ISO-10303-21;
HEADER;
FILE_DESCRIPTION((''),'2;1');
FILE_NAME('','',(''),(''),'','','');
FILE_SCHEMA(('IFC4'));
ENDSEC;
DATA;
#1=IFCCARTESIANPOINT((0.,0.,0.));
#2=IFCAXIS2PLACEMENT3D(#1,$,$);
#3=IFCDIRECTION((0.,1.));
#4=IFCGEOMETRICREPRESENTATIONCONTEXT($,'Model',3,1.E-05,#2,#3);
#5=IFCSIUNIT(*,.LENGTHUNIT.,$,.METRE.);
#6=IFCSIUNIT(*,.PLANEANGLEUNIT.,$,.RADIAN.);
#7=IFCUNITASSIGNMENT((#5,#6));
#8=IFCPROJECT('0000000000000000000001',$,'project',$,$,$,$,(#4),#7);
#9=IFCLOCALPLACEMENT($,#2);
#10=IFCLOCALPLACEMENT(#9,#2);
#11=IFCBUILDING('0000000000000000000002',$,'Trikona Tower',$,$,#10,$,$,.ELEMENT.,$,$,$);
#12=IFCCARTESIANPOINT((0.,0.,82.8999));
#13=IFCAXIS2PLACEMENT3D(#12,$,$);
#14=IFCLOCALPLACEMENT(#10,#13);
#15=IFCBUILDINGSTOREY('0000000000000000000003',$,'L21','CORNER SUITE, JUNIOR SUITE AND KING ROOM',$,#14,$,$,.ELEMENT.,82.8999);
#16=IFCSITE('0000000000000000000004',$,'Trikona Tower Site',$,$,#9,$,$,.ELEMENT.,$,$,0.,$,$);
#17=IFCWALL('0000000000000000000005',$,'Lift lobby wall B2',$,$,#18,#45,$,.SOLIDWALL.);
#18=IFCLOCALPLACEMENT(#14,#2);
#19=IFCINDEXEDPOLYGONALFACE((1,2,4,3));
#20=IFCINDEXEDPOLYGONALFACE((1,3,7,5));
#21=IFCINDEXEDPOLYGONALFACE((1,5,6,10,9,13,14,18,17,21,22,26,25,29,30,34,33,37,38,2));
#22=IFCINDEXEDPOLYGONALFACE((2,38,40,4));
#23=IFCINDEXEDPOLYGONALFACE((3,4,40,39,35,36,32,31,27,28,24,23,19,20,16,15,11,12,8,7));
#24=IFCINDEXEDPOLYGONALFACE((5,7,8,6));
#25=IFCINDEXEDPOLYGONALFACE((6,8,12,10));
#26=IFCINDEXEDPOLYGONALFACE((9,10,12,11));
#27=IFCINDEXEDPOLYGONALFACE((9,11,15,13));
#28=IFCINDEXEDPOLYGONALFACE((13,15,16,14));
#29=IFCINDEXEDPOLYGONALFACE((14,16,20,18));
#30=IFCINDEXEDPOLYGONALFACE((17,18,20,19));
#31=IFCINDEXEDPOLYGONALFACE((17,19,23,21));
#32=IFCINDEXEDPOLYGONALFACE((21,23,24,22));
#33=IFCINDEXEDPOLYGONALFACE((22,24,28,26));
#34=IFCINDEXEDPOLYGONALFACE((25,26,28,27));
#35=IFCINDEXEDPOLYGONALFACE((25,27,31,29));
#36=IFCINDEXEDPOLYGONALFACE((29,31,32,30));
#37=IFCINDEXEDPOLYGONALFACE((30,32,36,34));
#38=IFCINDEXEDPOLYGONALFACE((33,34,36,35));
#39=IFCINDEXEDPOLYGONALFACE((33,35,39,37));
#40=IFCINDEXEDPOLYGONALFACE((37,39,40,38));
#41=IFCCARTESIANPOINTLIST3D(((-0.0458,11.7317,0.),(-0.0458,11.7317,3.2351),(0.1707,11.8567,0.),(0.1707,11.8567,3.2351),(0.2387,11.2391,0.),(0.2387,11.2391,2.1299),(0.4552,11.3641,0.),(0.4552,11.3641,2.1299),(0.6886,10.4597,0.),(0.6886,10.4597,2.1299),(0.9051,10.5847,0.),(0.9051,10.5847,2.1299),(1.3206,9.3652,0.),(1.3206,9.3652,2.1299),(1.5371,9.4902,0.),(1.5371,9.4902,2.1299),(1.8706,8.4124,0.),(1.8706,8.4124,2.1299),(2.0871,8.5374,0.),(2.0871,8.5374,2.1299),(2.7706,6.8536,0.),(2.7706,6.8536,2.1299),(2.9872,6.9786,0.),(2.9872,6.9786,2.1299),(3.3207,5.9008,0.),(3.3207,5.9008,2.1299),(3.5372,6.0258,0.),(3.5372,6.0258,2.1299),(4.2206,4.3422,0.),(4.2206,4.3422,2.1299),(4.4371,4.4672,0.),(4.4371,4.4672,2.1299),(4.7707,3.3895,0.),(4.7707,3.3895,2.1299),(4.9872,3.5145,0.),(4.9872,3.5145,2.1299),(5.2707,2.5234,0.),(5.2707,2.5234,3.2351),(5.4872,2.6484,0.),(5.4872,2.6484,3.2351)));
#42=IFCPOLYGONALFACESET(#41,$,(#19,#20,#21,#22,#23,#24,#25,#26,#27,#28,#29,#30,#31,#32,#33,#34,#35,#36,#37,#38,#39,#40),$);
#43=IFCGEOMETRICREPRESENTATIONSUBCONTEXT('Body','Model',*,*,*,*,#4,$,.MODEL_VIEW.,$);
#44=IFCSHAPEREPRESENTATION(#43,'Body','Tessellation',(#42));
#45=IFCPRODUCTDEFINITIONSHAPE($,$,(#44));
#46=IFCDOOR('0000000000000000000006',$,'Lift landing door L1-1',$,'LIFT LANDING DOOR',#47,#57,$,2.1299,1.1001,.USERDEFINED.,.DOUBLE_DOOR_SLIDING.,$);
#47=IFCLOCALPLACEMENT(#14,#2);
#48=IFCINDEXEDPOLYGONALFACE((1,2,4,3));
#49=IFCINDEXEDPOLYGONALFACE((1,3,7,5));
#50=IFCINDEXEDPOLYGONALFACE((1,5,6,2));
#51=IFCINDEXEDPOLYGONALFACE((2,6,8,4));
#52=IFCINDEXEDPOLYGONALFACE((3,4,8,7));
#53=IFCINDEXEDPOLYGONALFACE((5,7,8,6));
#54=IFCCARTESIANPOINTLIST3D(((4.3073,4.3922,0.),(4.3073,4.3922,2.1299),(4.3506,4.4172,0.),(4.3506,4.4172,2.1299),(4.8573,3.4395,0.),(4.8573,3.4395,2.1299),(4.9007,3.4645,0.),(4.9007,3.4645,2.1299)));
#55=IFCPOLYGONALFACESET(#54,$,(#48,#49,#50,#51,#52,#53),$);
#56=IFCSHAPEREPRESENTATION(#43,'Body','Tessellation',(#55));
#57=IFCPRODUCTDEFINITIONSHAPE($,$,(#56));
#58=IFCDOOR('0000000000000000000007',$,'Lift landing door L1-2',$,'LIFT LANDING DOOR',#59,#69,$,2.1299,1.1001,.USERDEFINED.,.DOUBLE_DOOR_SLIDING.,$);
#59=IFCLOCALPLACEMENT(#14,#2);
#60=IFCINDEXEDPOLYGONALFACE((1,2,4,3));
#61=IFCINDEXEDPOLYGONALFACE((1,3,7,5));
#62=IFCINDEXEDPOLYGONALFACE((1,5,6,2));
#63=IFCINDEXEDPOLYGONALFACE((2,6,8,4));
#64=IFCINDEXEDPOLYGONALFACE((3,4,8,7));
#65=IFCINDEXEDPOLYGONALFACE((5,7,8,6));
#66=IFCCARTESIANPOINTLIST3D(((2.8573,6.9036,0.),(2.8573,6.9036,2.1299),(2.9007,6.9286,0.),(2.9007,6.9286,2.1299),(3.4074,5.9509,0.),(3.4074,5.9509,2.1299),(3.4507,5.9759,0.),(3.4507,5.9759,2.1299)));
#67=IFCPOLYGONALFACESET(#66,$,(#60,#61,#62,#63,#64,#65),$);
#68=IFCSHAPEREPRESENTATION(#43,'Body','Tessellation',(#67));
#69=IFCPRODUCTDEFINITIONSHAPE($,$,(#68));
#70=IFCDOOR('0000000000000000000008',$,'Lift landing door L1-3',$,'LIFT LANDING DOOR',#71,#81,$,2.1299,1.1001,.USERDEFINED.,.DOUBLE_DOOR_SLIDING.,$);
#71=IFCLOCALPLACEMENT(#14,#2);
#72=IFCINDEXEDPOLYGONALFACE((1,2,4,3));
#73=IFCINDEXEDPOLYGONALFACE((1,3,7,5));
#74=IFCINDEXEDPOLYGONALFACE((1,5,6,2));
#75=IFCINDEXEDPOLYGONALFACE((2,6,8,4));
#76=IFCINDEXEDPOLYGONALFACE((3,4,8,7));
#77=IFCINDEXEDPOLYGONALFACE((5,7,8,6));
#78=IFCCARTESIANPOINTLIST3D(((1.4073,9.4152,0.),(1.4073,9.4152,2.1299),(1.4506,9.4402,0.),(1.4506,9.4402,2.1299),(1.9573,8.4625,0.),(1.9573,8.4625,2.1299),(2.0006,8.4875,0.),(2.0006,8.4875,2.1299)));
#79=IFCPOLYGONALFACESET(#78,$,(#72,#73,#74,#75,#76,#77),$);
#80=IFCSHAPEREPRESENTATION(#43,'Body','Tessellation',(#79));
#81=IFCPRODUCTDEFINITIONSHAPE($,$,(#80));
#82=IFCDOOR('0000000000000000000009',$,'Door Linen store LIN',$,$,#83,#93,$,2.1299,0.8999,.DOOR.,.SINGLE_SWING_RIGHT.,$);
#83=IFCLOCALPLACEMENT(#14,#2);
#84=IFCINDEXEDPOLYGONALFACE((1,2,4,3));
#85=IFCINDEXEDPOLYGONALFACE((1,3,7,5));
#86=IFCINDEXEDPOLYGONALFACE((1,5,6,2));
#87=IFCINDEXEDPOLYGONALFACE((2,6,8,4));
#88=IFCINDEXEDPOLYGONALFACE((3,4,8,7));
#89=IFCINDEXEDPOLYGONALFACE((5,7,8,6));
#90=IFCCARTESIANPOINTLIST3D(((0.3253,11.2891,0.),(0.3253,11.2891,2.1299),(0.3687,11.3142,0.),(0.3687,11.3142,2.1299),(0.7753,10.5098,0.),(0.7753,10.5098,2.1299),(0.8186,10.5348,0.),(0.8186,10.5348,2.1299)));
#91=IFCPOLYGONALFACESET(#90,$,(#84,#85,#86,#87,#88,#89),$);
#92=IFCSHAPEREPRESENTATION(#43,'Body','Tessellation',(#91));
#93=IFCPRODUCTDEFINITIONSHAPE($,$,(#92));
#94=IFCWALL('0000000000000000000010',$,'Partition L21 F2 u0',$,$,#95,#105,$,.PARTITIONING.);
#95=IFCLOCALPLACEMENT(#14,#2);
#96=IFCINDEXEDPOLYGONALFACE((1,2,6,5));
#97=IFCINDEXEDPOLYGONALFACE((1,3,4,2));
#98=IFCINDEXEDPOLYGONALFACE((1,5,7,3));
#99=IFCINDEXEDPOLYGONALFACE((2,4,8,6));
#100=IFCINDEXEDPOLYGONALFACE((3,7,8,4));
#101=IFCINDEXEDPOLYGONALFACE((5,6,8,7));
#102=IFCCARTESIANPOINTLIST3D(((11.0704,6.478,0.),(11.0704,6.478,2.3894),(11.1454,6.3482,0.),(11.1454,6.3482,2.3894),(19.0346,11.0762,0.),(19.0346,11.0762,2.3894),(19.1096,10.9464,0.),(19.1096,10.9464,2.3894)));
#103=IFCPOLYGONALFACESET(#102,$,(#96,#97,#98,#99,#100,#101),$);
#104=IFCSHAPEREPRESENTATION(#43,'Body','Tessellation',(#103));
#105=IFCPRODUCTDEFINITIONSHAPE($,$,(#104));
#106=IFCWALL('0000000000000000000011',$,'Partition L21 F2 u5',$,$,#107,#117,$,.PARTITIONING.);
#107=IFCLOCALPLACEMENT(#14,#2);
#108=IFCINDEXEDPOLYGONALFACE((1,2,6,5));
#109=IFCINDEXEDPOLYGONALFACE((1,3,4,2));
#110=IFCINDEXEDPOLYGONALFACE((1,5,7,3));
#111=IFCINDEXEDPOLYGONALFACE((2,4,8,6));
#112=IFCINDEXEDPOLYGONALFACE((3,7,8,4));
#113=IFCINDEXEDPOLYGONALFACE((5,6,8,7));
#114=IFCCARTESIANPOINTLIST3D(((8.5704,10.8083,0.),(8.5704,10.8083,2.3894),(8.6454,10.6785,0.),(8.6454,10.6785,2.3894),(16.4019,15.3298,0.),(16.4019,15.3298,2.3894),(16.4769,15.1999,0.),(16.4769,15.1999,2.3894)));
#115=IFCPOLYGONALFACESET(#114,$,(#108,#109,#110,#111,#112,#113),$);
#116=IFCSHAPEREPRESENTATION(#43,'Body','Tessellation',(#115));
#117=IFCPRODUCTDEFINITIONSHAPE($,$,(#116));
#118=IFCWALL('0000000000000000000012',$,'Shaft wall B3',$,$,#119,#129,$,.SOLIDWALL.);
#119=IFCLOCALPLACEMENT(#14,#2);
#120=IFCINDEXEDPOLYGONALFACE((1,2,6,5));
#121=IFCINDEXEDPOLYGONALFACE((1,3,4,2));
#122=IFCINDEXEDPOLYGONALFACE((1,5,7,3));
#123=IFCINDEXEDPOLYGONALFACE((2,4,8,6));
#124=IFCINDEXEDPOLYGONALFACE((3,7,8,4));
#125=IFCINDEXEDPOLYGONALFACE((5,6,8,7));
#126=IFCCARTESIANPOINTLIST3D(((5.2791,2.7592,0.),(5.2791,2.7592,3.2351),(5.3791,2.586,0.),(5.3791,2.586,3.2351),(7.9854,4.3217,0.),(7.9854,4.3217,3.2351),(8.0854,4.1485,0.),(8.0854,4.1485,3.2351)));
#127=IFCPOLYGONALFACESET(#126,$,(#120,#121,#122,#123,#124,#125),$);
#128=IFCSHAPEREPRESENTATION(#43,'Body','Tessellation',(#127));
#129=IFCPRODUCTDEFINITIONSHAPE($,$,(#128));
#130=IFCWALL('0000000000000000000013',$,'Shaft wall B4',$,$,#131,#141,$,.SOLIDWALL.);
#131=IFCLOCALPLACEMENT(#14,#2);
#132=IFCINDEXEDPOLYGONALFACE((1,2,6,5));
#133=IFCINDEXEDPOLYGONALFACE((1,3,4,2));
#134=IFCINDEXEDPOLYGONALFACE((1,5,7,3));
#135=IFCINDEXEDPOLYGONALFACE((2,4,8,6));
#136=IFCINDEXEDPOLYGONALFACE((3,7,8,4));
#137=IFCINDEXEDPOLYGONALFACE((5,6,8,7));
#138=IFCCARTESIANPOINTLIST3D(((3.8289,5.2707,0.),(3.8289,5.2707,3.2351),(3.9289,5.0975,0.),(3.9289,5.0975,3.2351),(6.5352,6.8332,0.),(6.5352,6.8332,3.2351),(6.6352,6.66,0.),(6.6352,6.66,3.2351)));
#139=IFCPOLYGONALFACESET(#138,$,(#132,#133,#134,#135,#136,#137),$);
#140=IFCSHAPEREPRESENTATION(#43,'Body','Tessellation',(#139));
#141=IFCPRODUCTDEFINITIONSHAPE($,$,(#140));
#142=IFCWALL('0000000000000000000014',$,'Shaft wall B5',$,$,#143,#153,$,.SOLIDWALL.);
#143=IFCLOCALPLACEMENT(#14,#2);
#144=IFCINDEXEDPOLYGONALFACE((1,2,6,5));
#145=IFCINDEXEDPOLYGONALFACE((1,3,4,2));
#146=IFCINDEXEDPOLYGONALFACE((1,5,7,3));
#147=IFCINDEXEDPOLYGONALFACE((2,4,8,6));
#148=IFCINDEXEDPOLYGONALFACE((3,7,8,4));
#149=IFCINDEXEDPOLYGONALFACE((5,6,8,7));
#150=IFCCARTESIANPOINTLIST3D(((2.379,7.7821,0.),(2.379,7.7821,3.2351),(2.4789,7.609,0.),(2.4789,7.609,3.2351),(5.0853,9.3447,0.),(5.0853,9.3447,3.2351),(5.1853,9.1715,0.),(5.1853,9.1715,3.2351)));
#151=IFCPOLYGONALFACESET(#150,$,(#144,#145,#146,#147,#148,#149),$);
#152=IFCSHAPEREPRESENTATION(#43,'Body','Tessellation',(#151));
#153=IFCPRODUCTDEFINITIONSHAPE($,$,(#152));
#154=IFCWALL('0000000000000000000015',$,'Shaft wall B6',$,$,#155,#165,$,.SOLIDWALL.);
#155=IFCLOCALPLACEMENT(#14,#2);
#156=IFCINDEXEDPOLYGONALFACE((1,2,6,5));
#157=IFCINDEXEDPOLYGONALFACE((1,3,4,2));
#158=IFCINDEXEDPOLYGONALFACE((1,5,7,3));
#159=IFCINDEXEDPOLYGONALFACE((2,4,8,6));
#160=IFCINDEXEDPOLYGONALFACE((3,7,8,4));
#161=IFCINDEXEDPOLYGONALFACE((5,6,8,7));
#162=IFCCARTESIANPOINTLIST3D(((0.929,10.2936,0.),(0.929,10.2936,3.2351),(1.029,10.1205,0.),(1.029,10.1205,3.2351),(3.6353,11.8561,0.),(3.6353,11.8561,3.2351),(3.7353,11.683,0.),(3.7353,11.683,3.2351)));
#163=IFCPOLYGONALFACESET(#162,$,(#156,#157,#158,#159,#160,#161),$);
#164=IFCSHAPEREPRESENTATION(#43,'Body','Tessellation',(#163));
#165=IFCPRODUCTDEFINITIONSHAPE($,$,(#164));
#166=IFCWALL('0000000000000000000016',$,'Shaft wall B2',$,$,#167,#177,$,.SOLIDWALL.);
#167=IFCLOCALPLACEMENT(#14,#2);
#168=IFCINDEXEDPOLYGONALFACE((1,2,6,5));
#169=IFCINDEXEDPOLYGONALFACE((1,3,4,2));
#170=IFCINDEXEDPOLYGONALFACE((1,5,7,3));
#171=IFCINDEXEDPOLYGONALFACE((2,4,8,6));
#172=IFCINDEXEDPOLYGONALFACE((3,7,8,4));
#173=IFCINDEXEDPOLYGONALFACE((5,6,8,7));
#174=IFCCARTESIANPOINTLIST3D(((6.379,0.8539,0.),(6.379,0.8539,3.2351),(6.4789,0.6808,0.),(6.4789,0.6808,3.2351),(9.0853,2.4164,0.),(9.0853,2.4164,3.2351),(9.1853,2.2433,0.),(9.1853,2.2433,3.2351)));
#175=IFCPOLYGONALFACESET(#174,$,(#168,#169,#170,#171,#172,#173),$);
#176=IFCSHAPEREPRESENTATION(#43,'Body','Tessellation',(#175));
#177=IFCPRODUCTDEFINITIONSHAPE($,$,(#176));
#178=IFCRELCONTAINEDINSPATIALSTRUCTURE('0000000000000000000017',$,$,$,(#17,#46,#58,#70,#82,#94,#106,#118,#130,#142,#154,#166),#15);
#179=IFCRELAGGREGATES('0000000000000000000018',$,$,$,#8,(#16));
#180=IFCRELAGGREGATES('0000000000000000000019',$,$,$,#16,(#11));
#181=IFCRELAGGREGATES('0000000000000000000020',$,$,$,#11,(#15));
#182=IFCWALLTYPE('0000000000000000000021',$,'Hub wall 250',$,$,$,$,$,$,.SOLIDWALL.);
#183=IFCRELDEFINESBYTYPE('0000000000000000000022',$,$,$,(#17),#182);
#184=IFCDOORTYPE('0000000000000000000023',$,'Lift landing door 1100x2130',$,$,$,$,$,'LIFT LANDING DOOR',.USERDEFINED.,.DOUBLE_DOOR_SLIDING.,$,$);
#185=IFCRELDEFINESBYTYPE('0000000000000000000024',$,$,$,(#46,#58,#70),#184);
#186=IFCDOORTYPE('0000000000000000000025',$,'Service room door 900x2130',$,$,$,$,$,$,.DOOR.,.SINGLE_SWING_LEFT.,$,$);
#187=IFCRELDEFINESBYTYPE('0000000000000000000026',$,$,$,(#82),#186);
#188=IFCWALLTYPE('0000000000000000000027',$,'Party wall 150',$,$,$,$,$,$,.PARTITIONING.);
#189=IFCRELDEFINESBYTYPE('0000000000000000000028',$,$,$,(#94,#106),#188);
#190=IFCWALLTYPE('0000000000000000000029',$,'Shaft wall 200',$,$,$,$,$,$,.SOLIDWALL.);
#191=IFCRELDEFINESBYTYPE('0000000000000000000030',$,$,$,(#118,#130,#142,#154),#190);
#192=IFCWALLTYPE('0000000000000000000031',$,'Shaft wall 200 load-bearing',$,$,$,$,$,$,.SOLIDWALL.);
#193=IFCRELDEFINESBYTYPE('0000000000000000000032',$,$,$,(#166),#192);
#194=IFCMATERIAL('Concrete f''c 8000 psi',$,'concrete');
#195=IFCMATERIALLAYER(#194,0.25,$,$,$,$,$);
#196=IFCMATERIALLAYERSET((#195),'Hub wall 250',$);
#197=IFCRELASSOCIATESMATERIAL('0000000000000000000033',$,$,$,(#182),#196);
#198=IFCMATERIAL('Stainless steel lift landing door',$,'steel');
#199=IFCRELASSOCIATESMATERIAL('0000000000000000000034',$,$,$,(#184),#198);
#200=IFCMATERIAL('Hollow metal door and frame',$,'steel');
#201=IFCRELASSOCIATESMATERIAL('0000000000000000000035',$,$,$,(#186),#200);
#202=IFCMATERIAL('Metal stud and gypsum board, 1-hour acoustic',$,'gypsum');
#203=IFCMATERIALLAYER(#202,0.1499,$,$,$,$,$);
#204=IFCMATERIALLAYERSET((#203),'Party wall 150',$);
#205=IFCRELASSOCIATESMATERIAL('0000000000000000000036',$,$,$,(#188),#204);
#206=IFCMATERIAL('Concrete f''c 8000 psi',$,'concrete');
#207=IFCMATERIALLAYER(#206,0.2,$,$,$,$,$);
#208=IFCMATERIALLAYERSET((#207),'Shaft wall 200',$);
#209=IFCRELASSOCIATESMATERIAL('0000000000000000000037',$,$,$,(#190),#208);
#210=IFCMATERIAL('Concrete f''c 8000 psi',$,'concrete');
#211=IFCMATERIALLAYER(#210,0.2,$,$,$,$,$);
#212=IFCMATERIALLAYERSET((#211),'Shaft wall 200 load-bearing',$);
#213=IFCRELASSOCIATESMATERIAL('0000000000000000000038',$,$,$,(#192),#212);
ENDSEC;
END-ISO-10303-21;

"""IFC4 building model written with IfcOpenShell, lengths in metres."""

from ifc_helpers import new_model, si_unit, direction, frame, frame_2d, origin, place, context, subcontext, project, spatial, rectangle, extrude, material, layer, layer_set, type_object, element, fill, save


model = new_model("IFC4")

# Units and contexts
model_context = context("Model", 3, precision=1e-05, world=origin(), true_north=direction((0.0, 1.0)))
body_context = subcontext(model_context, "Body", "Model", "MODEL_VIEW")
ifc_project = project(units=[si_unit("LENGTHUNIT", "METRE"), si_unit("PLANEANGLEUNIT", "RADIAN")], contexts=[model_context])

# Site, building, storey
site_placement = place(None, origin())
site = spatial("IfcSite", under=ifc_project, at=site_placement, Name="Trikona Tower Site", CompositionType="ELEMENT", RefElevation=0.0)
building_placement = place(site_placement, origin())
building = spatial("IfcBuilding", under=site, at=building_placement, Name="Trikona Tower", CompositionType="ELEMENT")
storey_placement = place(building_placement, frame((0.0, 0.0, 82.8999)))
storey = spatial("IfcBuildingStorey", under=building, at=storey_placement, Name="L21", Description="CORNER SUITE, JUNIOR SUITE AND KING ROOM", CompositionType="ELEMENT", Elevation=82.8999)

# Wall, openings, doors
ifc_material_1 = material(Name="Concrete f'c 8000 psi", Category="concrete")
ifc_layer_1 = layer(ifc_material_1, 0.25)
ifc_layer_set_1 = layer_set([ifc_layer_1], Name="Hub wall 250")
wall_type_1 = type_object("IfcWallType", Name="Hub wall 250", PredefinedType="SOLIDWALL", material=ifc_layer_set_1)
wall_1_placement = place(storey_placement, frame((5.3789, 2.5859, 0.0), z_axis=(0.0, 0.0, 1.0), x_axis=(-0.500001, 0.866025, 0.0)))
wall_1 = element("IfcWall", 1, at=wall_1_placement, inside=storey, type_object=wall_type_1, Name="Lift lobby wall B2", PredefinedType="SOLIDWALL", context=body_context, shape_type="SweptSolid", body=[
    extrude(rectangle(XDim=10.6328, YDim=0.25, at=frame_2d((5.3164, 0.0))), origin(), (0.0, 0.0, 1.0), 3.2351),
])
opening_1_placement = place(wall_1_placement, frame((9.1641, 0.0, 0.0)))
opening_1 = element("IfcOpeningElement", 2, at=opening_1_placement, cuts=wall_1, PredefinedType="OPENING", context=body_context, shape_type="SweptSolid", body=[
    extrude(rectangle(XDim=0.8999, YDim=2.1299, at=frame_2d((0.45, 1.0649))), frame((0.0, 0.135, 0.0), z_axis=(0.0, -1.0, 0.0), x_axis=(1.0, 0.0, 0.0)), (0.0, 0.0, 1.0), 0.27),
])
opening_2_placement = place(wall_1_placement, frame((1.0, 0.0, 0.0)))
opening_2 = element("IfcOpeningElement", 3, at=opening_2_placement, cuts=wall_1, PredefinedType="OPENING", context=body_context, shape_type="SweptSolid", body=[
    extrude(rectangle(XDim=1.1001, YDim=2.1299, at=frame_2d((0.55, 1.0649))), frame((0.0, 0.135, 0.0), z_axis=(0.0, -1.0, 0.0), x_axis=(1.0, 0.0, 0.0)), (0.0, 0.0, 1.0), 0.27),
])
opening_3_placement = place(wall_1_placement, frame((3.8999, 0.0, 0.0)))
opening_3 = element("IfcOpeningElement", 4, at=opening_3_placement, cuts=wall_1, PredefinedType="OPENING", context=body_context, shape_type="SweptSolid", body=[
    extrude(rectangle(XDim=1.1001, YDim=2.1299, at=frame_2d((0.55, 1.0649))), frame((0.0, 0.135, 0.0), z_axis=(0.0, -1.0, 0.0), x_axis=(1.0, 0.0, 0.0)), (0.0, 0.0, 1.0), 0.27),
])
opening_4_placement = place(wall_1_placement, frame((6.8, 0.0, 0.0)))
opening_4 = element("IfcOpeningElement", 5, at=opening_4_placement, cuts=wall_1, PredefinedType="OPENING", context=body_context, shape_type="SweptSolid", body=[
    extrude(rectangle(XDim=1.1001, YDim=2.1299, at=frame_2d((0.55, 1.0649))), frame((0.0, 0.135, 0.0), z_axis=(0.0, -1.0, 0.0), x_axis=(1.0, 0.0, 0.0)), (0.0, 0.0, 1.0), 0.27),
])
ifc_material_2 = material(Name="Stainless steel lift landing door", Category="steel")
door_type_1 = type_object("IfcDoorType", Name="Lift landing door 1100x2130", ElementType="LIFT LANDING DOOR", OperationType="DOUBLE_DOOR_SLIDING", PredefinedType="USERDEFINED", material=ifc_material_2)
door_1_placement = place(opening_2_placement, origin())
door_1 = element("IfcDoor", 6, at=door_1_placement, inside=storey, type_object=door_type_1, Name="Lift landing door L1-1", ObjectType="LIFT LANDING DOOR", OperationType="DOUBLE_DOOR_SLIDING", OverallHeight=2.1299, OverallWidth=1.1001, PredefinedType="USERDEFINED", context=body_context, shape_type="SweptSolid", body=[
    extrude(rectangle(XDim=1.1001, YDim=2.1299, at=frame_2d((0.55, 1.0649))), frame((0.0, 0.0249, 0.0), z_axis=(0.0, -1.0, 0.0), x_axis=(1.0, 0.0, 0.0)), (0.0, 0.0, 1.0), 0.05),
])
fill(opening_2, door_1)
door_2_placement = place(opening_3_placement, origin())
door_2 = element("IfcDoor", 7, at=door_2_placement, inside=storey, type_object=door_type_1, Name="Lift landing door L1-2", ObjectType="LIFT LANDING DOOR", OperationType="DOUBLE_DOOR_SLIDING", OverallHeight=2.1299, OverallWidth=1.1001, PredefinedType="USERDEFINED", context=body_context, shape_type="SweptSolid", body=[
    extrude(rectangle(XDim=1.1001, YDim=2.1299, at=frame_2d((0.55, 1.0649))), frame((0.0, 0.0249, 0.0), z_axis=(0.0, -1.0, 0.0), x_axis=(1.0, 0.0, 0.0)), (0.0, 0.0, 1.0), 0.05),
])
fill(opening_3, door_2)
door_3_placement = place(opening_4_placement, origin())
door_3 = element("IfcDoor", 8, at=door_3_placement, inside=storey, type_object=door_type_1, Name="Lift landing door L1-3", ObjectType="LIFT LANDING DOOR", OperationType="DOUBLE_DOOR_SLIDING", OverallHeight=2.1299, OverallWidth=1.1001, PredefinedType="USERDEFINED", context=body_context, shape_type="SweptSolid", body=[
    extrude(rectangle(XDim=1.1001, YDim=2.1299, at=frame_2d((0.55, 1.0649))), frame((0.0, 0.0249, 0.0), z_axis=(0.0, -1.0, 0.0), x_axis=(1.0, 0.0, 0.0)), (0.0, 0.0, 1.0), 0.05),
])
fill(opening_4, door_3)
ifc_material_3 = material(Name="Hollow metal door and frame", Category="steel")
door_type_2 = type_object("IfcDoorType", Name="Service room door 900x2130", OperationType="SINGLE_SWING_LEFT", PredefinedType="DOOR", material=ifc_material_3)
door_4_placement = place(opening_1_placement, origin())
door_4 = element("IfcDoor", 9, at=door_4_placement, inside=storey, type_object=door_type_2, Name="Door Linen store LIN", OperationType="SINGLE_SWING_RIGHT", OverallHeight=2.1299, OverallWidth=0.8999, PredefinedType="DOOR", context=body_context, shape_type="SweptSolid", body=[
    extrude(rectangle(XDim=0.8999, YDim=2.1299, at=frame_2d((0.45, 1.0649))), frame((0.0, 0.0249, 0.0), z_axis=(0.0, -1.0, 0.0), x_axis=(1.0, 0.0, 0.0)), (0.0, 0.0, 1.0), 0.05),
])
fill(opening_1, door_4)

# Walls
ifc_material_4 = material(Name="Metal stud and gypsum board, 1-hour acoustic", Category="gypsum")
ifc_layer_2 = layer(ifc_material_4, 0.1499)
ifc_layer_set_2 = layer_set([ifc_layer_2], Name="Party wall 150")
wall_type_2 = type_object("IfcWallType", Name="Party wall 150", PredefinedType="PARTITIONING", material=ifc_layer_set_2)
wall_2_placement = place(storey_placement, frame((11.1079, 6.4131, 0.0), z_axis=(0.0, 0.0, 1.0), x_axis=(0.866022, 0.500005, 0.0)))
element("IfcWall", 10, at=wall_2_placement, inside=storey, type_object=wall_type_2, Name="Partition L21 F2 u0", PredefinedType="PARTITIONING", context=body_context, shape_type="SweptSolid", body=[
    extrude(rectangle(XDim=9.1963, YDim=0.1499, at=frame_2d((4.5981, 0.0))), origin(), (0.0, 0.0, 1.0), 2.3894),
])
wall_3_placement = place(storey_placement, frame((8.6079, 10.7434, 0.0), z_axis=(0.0, 0.0, 1.0), x_axis=(0.866028, 0.499995, 0.0)))
element("IfcWall", 11, at=wall_3_placement, inside=storey, type_object=wall_type_2, Name="Partition L21 F2 u5", PredefinedType="PARTITIONING", context=body_context, shape_type="SweptSolid", body=[
    extrude(rectangle(XDim=9.043, YDim=0.1499, at=frame_2d((4.5215, 0.0))), origin(), (0.0, 0.0, 1.0), 2.3894),
])
ifc_material_5 = material(Name="Concrete f'c 8000 psi", Category="concrete")
ifc_layer_3 = layer(ifc_material_5, 0.2)
ifc_layer_set_3 = layer_set([ifc_layer_3], Name="Shaft wall 200")
wall_type_3 = type_object("IfcWallType", Name="Shaft wall 200", PredefinedType="SOLIDWALL", material=ifc_layer_set_3)
for number, where, z_axis, x_axis, name in (
    (12, (5.3291, 2.6726, 0.0), (0.0, 0.0, 1.0), (0.866023, 0.500004, 0.0), "Shaft wall B3"),
    (13, (3.8789, 5.1841, 0.0), (0.0, 0.0, 1.0), (0.866023, 0.500004, 0.0), "Shaft wall B4"),
    (14, (2.429, 7.6956, 0.0), (0.0, 0.0, 1.0), (0.866023, 0.500004, 0.0), "Shaft wall B5"),
    (15, (0.979, 10.207, 0.0), (0.0, 0.0, 1.0), (0.866023, 0.500004, 0.0), "Shaft wall B6"),
):
    element("IfcWall", number, at=place(storey_placement, frame(where, z_axis=z_axis, x_axis=x_axis)), inside=storey, type_object=wall_type_3, Name=name, PredefinedType="SOLIDWALL", context=body_context, shape_type="SweptSolid", body=[
        extrude(rectangle(XDim=3.125, YDim=0.2, at=frame_2d((1.5625, 0.0))), origin(), (0.0, 0.0, 1.0), 3.2351),
    ])
ifc_material_6 = material(Name="Concrete f'c 8000 psi", Category="concrete")
ifc_layer_4 = layer(ifc_material_6, 0.2)
ifc_layer_set_4 = layer_set([ifc_layer_4], Name="Shaft wall 200 load-bearing")
wall_type_4 = type_object("IfcWallType", Name="Shaft wall 200 load-bearing", PredefinedType="SOLIDWALL", material=ifc_layer_set_4)
wall_4_placement = place(storey_placement, frame((6.429, 0.7673, 0.0), z_axis=(0.0, 0.0, 1.0), x_axis=(0.866023, 0.500004, 0.0)))
element("IfcWall", 16, at=wall_4_placement, inside=storey, type_object=wall_type_4, Name="Shaft wall B2", PredefinedType="SOLIDWALL", context=body_context, shape_type="SweptSolid", body=[
    extrude(rectangle(XDim=3.125, YDim=0.2, at=frame_2d((1.5625, 0.0))), origin(), (0.0, 0.0, 1.0), 3.2351),
])

save(model, "model.ifc")
